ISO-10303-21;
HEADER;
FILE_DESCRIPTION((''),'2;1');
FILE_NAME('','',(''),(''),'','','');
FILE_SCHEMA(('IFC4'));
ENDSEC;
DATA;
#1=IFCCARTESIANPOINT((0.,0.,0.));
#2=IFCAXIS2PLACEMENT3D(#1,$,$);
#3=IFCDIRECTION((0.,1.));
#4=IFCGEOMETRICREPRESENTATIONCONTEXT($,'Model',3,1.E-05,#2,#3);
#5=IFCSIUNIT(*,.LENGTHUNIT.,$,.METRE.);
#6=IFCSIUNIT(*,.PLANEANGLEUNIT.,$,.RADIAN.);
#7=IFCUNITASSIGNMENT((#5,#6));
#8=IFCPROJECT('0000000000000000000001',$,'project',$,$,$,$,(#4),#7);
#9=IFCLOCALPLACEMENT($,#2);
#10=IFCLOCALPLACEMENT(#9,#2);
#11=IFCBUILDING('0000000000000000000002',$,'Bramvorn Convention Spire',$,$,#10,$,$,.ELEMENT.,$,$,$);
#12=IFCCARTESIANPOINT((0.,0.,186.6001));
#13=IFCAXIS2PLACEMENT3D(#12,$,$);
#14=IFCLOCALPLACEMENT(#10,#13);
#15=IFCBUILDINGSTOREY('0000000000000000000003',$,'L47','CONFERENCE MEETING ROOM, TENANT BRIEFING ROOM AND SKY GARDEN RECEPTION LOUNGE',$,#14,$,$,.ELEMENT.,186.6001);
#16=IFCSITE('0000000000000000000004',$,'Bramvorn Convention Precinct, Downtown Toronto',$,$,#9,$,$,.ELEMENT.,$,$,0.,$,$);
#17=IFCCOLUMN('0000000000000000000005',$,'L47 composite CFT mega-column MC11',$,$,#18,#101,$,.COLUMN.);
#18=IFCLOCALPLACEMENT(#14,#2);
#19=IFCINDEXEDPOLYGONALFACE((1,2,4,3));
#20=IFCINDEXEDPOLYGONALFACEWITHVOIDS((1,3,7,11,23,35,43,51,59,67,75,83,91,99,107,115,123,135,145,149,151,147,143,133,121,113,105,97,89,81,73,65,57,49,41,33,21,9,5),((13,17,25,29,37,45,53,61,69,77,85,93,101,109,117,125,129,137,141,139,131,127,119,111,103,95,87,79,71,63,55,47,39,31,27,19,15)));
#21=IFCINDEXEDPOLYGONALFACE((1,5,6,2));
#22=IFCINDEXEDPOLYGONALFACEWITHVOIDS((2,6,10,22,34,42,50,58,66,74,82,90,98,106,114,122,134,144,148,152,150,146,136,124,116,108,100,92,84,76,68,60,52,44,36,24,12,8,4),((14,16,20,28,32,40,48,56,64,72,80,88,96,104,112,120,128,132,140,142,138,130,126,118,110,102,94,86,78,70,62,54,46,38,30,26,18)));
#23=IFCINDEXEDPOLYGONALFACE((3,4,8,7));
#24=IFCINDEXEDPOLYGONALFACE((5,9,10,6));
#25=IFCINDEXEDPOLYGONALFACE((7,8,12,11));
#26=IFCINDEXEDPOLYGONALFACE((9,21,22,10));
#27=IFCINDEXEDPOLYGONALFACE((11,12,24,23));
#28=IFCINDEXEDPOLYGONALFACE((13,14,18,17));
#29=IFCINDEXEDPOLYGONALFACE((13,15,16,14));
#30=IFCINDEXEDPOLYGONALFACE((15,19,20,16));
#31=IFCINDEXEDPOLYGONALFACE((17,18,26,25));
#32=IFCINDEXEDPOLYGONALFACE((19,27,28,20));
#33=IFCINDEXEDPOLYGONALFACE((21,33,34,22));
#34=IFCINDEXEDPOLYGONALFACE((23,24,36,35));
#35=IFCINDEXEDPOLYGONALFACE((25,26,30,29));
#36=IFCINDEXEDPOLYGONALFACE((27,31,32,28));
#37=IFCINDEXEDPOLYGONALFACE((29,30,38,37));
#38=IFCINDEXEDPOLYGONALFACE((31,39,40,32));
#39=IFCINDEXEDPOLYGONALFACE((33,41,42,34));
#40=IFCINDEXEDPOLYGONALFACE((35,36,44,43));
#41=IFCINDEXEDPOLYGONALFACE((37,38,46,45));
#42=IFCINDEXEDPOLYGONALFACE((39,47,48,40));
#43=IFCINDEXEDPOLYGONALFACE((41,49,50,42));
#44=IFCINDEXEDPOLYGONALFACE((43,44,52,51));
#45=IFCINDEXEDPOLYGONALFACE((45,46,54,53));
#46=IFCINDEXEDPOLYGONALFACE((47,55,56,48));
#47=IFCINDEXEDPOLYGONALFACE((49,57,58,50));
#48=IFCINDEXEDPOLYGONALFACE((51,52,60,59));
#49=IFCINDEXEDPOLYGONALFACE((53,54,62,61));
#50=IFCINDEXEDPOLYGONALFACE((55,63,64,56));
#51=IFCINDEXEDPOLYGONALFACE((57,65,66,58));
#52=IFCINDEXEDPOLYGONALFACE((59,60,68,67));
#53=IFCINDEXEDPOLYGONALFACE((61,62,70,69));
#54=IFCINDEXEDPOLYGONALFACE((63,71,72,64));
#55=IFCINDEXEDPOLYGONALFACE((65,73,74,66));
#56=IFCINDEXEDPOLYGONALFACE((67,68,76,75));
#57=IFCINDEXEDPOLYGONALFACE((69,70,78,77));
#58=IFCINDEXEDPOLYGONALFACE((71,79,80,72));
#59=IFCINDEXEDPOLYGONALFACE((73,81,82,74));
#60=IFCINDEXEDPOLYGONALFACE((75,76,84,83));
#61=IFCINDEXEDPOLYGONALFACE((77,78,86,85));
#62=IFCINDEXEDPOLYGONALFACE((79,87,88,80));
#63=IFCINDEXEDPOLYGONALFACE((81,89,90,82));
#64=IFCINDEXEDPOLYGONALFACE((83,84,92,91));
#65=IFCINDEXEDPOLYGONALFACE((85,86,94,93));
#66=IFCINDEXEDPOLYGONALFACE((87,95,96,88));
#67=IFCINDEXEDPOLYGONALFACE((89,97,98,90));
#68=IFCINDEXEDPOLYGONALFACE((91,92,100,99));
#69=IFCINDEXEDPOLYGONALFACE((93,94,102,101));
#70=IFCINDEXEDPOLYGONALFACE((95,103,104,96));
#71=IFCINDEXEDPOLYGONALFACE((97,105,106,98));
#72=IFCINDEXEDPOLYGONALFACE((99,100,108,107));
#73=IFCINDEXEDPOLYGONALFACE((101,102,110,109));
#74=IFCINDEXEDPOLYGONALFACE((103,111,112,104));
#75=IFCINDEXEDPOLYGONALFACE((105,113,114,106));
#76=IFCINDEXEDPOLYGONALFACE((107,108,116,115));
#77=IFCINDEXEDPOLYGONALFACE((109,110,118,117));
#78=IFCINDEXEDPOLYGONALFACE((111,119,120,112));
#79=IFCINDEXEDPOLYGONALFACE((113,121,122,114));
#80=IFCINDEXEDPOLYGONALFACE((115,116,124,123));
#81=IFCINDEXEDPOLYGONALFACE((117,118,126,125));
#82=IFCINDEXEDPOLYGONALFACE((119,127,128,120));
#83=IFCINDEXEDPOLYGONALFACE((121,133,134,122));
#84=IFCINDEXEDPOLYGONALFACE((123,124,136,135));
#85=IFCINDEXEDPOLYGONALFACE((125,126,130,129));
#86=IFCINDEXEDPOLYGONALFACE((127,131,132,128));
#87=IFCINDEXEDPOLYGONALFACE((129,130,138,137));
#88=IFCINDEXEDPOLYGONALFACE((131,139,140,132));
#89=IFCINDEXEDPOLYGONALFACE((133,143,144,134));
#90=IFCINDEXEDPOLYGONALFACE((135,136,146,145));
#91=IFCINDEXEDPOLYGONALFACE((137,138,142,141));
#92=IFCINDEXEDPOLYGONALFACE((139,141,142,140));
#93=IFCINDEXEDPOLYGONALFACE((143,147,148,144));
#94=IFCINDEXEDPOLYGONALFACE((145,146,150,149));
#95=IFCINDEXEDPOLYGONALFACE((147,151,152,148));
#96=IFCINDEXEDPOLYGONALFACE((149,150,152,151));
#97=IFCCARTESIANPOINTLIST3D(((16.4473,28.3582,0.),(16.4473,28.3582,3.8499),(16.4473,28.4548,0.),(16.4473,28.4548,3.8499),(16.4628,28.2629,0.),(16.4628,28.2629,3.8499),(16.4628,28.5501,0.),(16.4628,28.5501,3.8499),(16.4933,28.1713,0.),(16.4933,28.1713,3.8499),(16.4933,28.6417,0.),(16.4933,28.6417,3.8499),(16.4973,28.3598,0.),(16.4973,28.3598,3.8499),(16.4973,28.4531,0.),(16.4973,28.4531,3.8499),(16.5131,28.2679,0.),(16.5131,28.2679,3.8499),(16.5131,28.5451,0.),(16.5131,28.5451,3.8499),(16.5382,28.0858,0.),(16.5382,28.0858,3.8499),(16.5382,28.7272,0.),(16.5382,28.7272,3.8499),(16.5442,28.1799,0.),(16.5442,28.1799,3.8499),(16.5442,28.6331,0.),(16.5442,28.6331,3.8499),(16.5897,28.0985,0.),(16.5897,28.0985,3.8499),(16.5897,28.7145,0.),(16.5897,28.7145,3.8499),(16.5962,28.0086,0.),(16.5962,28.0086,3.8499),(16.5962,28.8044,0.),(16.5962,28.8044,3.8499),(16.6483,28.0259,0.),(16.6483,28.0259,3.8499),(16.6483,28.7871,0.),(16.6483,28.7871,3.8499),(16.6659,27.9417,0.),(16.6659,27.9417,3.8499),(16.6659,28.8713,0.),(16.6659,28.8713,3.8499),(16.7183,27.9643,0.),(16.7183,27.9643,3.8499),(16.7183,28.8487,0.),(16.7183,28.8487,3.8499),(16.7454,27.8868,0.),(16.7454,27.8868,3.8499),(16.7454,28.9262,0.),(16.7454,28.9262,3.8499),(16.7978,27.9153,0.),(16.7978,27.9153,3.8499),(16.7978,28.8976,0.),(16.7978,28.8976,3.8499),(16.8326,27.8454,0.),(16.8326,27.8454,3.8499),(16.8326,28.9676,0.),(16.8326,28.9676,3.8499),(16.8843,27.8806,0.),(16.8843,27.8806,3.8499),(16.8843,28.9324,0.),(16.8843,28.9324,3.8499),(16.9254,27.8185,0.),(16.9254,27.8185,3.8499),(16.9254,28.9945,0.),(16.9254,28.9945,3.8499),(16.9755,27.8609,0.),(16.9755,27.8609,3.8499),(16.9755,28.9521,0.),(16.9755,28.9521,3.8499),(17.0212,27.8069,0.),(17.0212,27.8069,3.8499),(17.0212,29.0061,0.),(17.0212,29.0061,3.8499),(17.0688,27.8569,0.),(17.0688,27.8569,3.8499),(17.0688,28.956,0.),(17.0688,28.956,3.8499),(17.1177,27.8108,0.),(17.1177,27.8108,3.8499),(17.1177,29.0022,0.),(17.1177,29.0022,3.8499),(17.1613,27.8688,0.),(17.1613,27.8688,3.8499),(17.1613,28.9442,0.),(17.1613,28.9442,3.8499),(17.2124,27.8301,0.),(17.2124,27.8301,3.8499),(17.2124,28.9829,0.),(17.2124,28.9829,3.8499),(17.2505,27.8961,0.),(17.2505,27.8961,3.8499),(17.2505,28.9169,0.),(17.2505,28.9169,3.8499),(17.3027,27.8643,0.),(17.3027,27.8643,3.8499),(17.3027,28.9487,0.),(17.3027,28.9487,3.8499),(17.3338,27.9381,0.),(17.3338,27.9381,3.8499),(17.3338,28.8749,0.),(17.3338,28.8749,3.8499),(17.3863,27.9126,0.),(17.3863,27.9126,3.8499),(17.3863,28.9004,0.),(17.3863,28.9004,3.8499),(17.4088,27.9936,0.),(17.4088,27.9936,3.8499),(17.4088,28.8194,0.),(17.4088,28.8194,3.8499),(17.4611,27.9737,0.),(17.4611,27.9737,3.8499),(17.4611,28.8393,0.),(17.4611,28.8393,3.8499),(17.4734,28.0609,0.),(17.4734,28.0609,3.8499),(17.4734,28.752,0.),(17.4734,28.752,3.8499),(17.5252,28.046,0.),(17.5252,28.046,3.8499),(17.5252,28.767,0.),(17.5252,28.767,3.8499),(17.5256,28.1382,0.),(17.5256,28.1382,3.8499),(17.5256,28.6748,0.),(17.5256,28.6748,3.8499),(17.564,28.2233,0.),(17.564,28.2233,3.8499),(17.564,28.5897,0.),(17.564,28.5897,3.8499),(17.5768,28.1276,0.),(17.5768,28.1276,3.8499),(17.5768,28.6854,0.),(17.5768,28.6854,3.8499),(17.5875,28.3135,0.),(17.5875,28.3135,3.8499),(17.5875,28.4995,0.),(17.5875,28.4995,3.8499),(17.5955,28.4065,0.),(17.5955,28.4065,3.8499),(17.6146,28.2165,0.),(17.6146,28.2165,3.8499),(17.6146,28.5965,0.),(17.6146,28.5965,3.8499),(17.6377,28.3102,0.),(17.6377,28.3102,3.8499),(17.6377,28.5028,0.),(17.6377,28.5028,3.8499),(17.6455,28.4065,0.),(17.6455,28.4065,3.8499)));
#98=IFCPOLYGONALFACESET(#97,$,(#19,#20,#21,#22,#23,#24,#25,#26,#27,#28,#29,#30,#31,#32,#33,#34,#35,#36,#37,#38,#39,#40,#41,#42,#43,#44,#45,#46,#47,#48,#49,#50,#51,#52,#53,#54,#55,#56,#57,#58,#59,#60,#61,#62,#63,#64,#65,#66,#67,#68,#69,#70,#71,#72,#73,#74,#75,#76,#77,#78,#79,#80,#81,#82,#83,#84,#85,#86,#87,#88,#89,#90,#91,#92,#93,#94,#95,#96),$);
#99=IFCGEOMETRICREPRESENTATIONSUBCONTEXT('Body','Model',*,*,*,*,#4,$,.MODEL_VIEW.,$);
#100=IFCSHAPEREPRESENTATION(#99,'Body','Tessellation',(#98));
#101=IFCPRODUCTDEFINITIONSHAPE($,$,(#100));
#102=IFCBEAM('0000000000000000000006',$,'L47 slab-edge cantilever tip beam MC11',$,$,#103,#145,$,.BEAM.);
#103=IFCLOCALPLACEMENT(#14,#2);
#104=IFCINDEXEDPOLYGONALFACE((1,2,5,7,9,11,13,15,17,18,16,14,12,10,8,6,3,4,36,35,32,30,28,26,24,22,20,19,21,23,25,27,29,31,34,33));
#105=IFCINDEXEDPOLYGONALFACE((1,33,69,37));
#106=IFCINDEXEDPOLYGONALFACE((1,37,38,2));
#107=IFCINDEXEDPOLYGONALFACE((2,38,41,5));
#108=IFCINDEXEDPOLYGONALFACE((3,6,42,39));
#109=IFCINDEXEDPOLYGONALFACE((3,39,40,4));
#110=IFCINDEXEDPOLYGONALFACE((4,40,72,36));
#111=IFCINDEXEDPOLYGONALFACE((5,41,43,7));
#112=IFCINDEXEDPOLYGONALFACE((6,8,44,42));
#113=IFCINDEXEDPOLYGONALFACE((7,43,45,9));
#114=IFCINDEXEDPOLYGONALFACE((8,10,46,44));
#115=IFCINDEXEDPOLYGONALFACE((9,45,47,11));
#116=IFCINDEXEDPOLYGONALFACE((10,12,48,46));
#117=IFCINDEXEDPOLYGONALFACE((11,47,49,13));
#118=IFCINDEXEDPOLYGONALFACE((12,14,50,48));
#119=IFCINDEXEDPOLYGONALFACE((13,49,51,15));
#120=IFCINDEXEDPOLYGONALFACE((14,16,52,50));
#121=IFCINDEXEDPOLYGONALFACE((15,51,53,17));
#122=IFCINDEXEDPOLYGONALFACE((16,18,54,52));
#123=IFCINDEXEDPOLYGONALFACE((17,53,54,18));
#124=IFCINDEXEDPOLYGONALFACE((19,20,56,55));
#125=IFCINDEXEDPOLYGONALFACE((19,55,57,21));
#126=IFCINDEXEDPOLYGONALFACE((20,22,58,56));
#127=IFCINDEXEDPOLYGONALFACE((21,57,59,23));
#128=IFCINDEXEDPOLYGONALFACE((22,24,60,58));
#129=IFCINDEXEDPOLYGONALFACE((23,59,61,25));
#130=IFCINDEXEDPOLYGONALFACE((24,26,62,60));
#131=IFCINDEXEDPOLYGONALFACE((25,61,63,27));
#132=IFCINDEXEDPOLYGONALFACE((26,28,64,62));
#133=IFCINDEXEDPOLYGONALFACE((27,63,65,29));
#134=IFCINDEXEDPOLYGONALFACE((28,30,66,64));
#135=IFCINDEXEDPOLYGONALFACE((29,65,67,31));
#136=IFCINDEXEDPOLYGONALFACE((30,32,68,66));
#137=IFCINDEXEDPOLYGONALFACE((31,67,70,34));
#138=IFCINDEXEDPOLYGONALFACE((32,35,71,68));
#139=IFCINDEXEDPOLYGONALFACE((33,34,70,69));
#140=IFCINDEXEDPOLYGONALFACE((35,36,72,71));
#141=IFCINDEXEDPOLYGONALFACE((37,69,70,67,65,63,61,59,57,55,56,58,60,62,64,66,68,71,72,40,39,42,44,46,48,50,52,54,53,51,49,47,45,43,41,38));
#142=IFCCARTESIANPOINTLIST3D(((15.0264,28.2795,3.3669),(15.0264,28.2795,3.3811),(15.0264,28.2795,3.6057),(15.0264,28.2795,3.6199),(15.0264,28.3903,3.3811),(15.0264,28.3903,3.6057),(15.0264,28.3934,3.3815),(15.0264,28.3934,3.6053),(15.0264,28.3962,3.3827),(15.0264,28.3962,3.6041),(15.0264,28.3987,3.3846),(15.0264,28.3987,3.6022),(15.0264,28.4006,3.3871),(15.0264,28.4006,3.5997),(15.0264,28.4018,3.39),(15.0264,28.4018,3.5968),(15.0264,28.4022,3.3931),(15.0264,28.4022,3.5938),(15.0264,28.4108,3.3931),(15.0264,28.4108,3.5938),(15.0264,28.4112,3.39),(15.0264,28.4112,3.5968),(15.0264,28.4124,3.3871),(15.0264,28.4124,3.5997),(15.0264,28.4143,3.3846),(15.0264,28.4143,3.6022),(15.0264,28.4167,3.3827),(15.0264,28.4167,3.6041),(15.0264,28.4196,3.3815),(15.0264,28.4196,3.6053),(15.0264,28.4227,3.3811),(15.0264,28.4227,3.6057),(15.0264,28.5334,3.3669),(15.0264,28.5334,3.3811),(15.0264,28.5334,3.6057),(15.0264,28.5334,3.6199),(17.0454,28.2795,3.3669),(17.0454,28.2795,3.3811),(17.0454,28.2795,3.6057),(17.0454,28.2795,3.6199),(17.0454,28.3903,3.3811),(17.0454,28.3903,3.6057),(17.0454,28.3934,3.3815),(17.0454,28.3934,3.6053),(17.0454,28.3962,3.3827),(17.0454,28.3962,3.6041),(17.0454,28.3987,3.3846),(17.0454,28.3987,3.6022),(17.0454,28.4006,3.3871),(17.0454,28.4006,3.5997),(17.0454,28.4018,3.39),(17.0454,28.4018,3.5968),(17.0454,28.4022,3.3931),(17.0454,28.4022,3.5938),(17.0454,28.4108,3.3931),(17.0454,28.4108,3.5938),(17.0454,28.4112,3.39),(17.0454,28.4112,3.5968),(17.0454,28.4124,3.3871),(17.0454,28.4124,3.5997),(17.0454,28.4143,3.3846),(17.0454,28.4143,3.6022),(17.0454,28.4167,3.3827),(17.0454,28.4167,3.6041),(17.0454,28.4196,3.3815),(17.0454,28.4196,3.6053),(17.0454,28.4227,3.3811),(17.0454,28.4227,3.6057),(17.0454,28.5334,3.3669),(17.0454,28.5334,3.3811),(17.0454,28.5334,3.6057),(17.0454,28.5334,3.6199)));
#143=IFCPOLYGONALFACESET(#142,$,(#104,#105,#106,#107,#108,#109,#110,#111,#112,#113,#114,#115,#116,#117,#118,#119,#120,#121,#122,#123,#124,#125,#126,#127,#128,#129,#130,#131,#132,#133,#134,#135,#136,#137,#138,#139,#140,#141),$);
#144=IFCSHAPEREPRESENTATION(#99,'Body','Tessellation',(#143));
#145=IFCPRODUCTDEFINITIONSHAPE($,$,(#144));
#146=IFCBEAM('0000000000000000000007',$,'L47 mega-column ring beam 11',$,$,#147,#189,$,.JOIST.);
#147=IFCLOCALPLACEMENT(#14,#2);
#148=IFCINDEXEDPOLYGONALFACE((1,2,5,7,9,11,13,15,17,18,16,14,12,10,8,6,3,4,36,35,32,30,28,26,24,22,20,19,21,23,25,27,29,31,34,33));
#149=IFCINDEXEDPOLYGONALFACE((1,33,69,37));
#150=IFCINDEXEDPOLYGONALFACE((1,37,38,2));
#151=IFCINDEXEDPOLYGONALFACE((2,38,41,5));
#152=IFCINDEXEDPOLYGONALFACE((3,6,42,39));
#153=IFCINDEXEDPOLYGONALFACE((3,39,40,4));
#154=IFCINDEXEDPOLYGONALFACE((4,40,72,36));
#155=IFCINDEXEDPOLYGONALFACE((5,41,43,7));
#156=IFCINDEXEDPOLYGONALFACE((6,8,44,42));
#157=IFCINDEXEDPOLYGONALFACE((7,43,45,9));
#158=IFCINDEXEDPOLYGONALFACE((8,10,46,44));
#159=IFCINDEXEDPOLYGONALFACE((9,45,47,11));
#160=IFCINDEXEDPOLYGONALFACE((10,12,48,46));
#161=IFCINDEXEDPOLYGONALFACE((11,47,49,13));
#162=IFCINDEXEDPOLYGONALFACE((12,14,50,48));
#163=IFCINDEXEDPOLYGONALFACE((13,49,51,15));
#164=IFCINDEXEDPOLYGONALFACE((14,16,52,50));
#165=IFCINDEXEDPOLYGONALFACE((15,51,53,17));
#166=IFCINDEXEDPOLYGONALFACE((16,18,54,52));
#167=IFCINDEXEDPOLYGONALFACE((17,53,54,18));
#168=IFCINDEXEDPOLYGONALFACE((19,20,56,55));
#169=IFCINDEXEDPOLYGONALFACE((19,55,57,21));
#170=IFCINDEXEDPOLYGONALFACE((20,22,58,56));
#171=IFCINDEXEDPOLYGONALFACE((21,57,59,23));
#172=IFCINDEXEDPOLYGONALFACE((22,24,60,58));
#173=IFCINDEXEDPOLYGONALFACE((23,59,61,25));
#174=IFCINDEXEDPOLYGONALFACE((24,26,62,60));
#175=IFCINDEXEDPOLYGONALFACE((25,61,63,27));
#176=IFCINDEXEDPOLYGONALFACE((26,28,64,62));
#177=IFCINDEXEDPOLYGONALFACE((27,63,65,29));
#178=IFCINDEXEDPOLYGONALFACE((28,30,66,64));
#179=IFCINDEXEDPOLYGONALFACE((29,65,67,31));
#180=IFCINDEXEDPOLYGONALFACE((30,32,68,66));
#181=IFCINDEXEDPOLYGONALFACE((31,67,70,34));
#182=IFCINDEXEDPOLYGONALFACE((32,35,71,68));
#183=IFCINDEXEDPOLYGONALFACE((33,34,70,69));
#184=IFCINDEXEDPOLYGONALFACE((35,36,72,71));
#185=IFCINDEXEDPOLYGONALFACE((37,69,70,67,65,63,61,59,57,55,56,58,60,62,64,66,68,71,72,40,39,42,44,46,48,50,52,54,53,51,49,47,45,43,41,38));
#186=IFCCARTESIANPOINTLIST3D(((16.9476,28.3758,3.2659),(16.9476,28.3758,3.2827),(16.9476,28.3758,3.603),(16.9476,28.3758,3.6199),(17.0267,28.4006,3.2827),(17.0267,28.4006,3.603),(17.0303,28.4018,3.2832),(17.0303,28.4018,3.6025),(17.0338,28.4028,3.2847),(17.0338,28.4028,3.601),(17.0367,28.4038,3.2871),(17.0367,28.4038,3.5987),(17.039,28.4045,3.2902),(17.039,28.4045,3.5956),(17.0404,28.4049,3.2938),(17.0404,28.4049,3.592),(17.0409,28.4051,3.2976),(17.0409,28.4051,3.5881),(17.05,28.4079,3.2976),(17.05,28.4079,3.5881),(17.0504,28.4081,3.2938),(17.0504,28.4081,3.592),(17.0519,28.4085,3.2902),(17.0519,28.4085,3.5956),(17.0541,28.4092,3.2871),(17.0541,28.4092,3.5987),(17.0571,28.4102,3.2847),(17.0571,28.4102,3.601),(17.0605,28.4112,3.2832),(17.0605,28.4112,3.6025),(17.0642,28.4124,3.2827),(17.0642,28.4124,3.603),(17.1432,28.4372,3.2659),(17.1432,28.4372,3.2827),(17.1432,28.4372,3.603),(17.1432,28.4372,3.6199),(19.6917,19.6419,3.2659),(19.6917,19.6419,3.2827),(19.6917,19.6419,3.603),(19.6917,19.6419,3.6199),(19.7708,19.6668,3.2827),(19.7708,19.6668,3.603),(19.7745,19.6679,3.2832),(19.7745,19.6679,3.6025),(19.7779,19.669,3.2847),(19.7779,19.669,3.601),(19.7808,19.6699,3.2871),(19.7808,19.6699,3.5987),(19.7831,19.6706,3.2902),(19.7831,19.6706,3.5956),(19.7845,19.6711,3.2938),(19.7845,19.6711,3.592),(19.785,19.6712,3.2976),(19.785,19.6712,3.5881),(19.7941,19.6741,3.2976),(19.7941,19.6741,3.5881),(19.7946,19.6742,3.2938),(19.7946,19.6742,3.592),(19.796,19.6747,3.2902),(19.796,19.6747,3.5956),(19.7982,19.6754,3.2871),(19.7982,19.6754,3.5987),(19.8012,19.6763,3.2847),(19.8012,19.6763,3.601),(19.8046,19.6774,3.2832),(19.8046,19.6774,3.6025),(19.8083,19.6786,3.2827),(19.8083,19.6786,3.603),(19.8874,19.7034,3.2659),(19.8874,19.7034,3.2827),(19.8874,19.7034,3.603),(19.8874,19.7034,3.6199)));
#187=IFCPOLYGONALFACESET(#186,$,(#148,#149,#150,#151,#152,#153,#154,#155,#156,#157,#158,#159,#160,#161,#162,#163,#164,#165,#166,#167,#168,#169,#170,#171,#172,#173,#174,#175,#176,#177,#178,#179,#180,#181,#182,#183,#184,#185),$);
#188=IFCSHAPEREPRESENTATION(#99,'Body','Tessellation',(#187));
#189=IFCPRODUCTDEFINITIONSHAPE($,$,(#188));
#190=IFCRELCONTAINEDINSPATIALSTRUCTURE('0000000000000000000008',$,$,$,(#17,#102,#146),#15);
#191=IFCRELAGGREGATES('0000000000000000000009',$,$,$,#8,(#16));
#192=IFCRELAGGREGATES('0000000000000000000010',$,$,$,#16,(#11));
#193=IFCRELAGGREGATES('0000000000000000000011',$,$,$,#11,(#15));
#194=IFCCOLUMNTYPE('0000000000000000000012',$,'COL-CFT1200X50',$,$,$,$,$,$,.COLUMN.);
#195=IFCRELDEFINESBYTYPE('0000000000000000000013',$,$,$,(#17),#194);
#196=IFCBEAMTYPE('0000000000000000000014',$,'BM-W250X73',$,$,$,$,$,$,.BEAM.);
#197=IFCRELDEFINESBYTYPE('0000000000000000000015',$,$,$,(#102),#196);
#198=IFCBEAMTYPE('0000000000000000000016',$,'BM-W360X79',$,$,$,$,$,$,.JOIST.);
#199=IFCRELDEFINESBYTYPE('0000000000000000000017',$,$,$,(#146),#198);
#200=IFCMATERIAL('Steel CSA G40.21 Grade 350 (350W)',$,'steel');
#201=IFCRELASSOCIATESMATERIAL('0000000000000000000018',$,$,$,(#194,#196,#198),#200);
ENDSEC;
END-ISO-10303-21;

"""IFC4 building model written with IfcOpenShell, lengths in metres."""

from ifc_helpers import new_model, si_unit, direction, frame, origin, origin_2d, place, context, subcontext, project, spatial, hollow_circle, i_section, extrude, material, material_profile, profile_set, type_object, element, save


model = new_model("IFC4")

# Units and contexts
model_context = context("Model", 3, precision=1e-05, world=origin(), true_north=direction((0.0, 1.0)))
body_context = subcontext(model_context, "Body", "Model", "MODEL_VIEW")
ifc_project = project(units=[si_unit("LENGTHUNIT", "METRE"), si_unit("PLANEANGLEUNIT", "RADIAN")], contexts=[model_context])

# Site, building, storey
site_placement = place(None, origin())
site = spatial("IfcSite", under=ifc_project, at=site_placement, Name="Bramvorn Convention Precinct, Downtown Toronto", CompositionType="ELEMENT", RefElevation=0.0)
building_placement = place(site_placement, origin())
building = spatial("IfcBuilding", under=site, at=building_placement, Name="Bramvorn Convention Spire", CompositionType="ELEMENT")
storey_placement = place(building_placement, frame((0.0, 0.0, 186.6001)))
storey = spatial("IfcBuildingStorey", under=building, at=storey_placement, Name="L47", Description="CONFERENCE MEETING ROOM, TENANT BRIEFING ROOM AND SKY GARDEN RECEPTION LOUNGE", CompositionType="ELEMENT", Elevation=186.6001)

# Column
ifc_material_1 = material(Name="Steel CSA G40.21 Grade 350 (350W)", Category="steel")
ifc_material_profile_1 = material_profile(ifc_material_1, hollow_circle(Radius=0.6001, WallThickness=0.05, at=origin_2d()))
ifc_profile_set_1 = profile_set([ifc_material_profile_1], Name="Steel CSA G40.21 Grade 350 (350W) - CFT1200X50")
column_type = type_object("IfcColumnType", Name="COL-CFT1200X50", PredefinedType="COLUMN", material=ifc_profile_set_1)
column_placement = place(storey_placement, frame((17.0454, 28.4065, 0.0), z_axis=(0.0, 0.0, 1.0), x_axis=(1.0, 0.0, 0.0)))
element("IfcColumn", 1, at=column_placement, inside=storey, type_object=column_type, Name="L47 composite CFT mega-column MC11", PredefinedType="COLUMN", context=body_context, shape_type="SweptSolid", body=[
    extrude(hollow_circle(Radius=0.6001, WallThickness=0.05, at=origin_2d()), origin(), (0.0, 0.0, 1.0), 3.8499),
])

# Beams
ifc_material_profile_2 = material_profile(ifc_material_1, i_section(OverallWidth=0.2539, OverallDepth=0.2529, WebThickness=0.0085, FlangeThickness=0.0142, FilletRadius=0.012, at=origin_2d()))
ifc_profile_set_2 = profile_set([ifc_material_profile_2], Name="Steel CSA G40.21 Grade 350 (350W) - W250X73")
beam_type_1 = type_object("IfcBeamType", Name="BM-W250X73", PredefinedType="BEAM", material=ifc_profile_set_2)
beam_1_placement = place(storey_placement, frame((17.0454, 28.4065, 3.4934), z_axis=(-1.0, 0.0, 0.0), x_axis=(0.0, -1.0, 0.0)))
element("IfcBeam", 2, at=beam_1_placement, inside=storey, type_object=beam_type_1, Name="L47 slab-edge cantilever tip beam MC11", PredefinedType="BEAM", context=body_context, shape_type="SweptSolid", body=[
    extrude(i_section(OverallWidth=0.2539, OverallDepth=0.2529, WebThickness=0.0085, FlangeThickness=0.0142, FilletRadius=0.012, at=origin_2d()), origin(), (0.0, 0.0, 1.0), 2.019),
])
ifc_material_profile_3 = material_profile(ifc_material_1, i_section(OverallWidth=0.2051, OverallDepth=0.354, WebThickness=0.0095, FlangeThickness=0.0168, FilletRadius=0.0149, at=origin_2d()))
ifc_profile_set_3 = profile_set([ifc_material_profile_3], Name="Steel CSA G40.21 Grade 350 (350W) - W360X79")
beam_type_2 = type_object("IfcBeamType", Name="BM-W360X79", PredefinedType="JOIST", material=ifc_profile_set_3)
beam_2_placement = place(storey_placement, frame((17.0454, 28.4065, 3.4429), z_axis=(0.299748, -0.954019, 0.0), x_axis=(0.954019, 0.299748, 0.0)))
element("IfcBeam", 3, at=beam_2_placement, inside=storey, type_object=beam_type_2, Name="L47 mega-column ring beam 11", PredefinedType="JOIST", context=body_context, shape_type="SweptSolid", body=[
    extrude(i_section(OverallWidth=0.2051, OverallDepth=0.354, WebThickness=0.0095, FlangeThickness=0.0168, FilletRadius=0.0149, at=origin_2d()), origin(), (0.0, 0.0, 1.0), 9.1548),
])

save(model, "model.ifc")
